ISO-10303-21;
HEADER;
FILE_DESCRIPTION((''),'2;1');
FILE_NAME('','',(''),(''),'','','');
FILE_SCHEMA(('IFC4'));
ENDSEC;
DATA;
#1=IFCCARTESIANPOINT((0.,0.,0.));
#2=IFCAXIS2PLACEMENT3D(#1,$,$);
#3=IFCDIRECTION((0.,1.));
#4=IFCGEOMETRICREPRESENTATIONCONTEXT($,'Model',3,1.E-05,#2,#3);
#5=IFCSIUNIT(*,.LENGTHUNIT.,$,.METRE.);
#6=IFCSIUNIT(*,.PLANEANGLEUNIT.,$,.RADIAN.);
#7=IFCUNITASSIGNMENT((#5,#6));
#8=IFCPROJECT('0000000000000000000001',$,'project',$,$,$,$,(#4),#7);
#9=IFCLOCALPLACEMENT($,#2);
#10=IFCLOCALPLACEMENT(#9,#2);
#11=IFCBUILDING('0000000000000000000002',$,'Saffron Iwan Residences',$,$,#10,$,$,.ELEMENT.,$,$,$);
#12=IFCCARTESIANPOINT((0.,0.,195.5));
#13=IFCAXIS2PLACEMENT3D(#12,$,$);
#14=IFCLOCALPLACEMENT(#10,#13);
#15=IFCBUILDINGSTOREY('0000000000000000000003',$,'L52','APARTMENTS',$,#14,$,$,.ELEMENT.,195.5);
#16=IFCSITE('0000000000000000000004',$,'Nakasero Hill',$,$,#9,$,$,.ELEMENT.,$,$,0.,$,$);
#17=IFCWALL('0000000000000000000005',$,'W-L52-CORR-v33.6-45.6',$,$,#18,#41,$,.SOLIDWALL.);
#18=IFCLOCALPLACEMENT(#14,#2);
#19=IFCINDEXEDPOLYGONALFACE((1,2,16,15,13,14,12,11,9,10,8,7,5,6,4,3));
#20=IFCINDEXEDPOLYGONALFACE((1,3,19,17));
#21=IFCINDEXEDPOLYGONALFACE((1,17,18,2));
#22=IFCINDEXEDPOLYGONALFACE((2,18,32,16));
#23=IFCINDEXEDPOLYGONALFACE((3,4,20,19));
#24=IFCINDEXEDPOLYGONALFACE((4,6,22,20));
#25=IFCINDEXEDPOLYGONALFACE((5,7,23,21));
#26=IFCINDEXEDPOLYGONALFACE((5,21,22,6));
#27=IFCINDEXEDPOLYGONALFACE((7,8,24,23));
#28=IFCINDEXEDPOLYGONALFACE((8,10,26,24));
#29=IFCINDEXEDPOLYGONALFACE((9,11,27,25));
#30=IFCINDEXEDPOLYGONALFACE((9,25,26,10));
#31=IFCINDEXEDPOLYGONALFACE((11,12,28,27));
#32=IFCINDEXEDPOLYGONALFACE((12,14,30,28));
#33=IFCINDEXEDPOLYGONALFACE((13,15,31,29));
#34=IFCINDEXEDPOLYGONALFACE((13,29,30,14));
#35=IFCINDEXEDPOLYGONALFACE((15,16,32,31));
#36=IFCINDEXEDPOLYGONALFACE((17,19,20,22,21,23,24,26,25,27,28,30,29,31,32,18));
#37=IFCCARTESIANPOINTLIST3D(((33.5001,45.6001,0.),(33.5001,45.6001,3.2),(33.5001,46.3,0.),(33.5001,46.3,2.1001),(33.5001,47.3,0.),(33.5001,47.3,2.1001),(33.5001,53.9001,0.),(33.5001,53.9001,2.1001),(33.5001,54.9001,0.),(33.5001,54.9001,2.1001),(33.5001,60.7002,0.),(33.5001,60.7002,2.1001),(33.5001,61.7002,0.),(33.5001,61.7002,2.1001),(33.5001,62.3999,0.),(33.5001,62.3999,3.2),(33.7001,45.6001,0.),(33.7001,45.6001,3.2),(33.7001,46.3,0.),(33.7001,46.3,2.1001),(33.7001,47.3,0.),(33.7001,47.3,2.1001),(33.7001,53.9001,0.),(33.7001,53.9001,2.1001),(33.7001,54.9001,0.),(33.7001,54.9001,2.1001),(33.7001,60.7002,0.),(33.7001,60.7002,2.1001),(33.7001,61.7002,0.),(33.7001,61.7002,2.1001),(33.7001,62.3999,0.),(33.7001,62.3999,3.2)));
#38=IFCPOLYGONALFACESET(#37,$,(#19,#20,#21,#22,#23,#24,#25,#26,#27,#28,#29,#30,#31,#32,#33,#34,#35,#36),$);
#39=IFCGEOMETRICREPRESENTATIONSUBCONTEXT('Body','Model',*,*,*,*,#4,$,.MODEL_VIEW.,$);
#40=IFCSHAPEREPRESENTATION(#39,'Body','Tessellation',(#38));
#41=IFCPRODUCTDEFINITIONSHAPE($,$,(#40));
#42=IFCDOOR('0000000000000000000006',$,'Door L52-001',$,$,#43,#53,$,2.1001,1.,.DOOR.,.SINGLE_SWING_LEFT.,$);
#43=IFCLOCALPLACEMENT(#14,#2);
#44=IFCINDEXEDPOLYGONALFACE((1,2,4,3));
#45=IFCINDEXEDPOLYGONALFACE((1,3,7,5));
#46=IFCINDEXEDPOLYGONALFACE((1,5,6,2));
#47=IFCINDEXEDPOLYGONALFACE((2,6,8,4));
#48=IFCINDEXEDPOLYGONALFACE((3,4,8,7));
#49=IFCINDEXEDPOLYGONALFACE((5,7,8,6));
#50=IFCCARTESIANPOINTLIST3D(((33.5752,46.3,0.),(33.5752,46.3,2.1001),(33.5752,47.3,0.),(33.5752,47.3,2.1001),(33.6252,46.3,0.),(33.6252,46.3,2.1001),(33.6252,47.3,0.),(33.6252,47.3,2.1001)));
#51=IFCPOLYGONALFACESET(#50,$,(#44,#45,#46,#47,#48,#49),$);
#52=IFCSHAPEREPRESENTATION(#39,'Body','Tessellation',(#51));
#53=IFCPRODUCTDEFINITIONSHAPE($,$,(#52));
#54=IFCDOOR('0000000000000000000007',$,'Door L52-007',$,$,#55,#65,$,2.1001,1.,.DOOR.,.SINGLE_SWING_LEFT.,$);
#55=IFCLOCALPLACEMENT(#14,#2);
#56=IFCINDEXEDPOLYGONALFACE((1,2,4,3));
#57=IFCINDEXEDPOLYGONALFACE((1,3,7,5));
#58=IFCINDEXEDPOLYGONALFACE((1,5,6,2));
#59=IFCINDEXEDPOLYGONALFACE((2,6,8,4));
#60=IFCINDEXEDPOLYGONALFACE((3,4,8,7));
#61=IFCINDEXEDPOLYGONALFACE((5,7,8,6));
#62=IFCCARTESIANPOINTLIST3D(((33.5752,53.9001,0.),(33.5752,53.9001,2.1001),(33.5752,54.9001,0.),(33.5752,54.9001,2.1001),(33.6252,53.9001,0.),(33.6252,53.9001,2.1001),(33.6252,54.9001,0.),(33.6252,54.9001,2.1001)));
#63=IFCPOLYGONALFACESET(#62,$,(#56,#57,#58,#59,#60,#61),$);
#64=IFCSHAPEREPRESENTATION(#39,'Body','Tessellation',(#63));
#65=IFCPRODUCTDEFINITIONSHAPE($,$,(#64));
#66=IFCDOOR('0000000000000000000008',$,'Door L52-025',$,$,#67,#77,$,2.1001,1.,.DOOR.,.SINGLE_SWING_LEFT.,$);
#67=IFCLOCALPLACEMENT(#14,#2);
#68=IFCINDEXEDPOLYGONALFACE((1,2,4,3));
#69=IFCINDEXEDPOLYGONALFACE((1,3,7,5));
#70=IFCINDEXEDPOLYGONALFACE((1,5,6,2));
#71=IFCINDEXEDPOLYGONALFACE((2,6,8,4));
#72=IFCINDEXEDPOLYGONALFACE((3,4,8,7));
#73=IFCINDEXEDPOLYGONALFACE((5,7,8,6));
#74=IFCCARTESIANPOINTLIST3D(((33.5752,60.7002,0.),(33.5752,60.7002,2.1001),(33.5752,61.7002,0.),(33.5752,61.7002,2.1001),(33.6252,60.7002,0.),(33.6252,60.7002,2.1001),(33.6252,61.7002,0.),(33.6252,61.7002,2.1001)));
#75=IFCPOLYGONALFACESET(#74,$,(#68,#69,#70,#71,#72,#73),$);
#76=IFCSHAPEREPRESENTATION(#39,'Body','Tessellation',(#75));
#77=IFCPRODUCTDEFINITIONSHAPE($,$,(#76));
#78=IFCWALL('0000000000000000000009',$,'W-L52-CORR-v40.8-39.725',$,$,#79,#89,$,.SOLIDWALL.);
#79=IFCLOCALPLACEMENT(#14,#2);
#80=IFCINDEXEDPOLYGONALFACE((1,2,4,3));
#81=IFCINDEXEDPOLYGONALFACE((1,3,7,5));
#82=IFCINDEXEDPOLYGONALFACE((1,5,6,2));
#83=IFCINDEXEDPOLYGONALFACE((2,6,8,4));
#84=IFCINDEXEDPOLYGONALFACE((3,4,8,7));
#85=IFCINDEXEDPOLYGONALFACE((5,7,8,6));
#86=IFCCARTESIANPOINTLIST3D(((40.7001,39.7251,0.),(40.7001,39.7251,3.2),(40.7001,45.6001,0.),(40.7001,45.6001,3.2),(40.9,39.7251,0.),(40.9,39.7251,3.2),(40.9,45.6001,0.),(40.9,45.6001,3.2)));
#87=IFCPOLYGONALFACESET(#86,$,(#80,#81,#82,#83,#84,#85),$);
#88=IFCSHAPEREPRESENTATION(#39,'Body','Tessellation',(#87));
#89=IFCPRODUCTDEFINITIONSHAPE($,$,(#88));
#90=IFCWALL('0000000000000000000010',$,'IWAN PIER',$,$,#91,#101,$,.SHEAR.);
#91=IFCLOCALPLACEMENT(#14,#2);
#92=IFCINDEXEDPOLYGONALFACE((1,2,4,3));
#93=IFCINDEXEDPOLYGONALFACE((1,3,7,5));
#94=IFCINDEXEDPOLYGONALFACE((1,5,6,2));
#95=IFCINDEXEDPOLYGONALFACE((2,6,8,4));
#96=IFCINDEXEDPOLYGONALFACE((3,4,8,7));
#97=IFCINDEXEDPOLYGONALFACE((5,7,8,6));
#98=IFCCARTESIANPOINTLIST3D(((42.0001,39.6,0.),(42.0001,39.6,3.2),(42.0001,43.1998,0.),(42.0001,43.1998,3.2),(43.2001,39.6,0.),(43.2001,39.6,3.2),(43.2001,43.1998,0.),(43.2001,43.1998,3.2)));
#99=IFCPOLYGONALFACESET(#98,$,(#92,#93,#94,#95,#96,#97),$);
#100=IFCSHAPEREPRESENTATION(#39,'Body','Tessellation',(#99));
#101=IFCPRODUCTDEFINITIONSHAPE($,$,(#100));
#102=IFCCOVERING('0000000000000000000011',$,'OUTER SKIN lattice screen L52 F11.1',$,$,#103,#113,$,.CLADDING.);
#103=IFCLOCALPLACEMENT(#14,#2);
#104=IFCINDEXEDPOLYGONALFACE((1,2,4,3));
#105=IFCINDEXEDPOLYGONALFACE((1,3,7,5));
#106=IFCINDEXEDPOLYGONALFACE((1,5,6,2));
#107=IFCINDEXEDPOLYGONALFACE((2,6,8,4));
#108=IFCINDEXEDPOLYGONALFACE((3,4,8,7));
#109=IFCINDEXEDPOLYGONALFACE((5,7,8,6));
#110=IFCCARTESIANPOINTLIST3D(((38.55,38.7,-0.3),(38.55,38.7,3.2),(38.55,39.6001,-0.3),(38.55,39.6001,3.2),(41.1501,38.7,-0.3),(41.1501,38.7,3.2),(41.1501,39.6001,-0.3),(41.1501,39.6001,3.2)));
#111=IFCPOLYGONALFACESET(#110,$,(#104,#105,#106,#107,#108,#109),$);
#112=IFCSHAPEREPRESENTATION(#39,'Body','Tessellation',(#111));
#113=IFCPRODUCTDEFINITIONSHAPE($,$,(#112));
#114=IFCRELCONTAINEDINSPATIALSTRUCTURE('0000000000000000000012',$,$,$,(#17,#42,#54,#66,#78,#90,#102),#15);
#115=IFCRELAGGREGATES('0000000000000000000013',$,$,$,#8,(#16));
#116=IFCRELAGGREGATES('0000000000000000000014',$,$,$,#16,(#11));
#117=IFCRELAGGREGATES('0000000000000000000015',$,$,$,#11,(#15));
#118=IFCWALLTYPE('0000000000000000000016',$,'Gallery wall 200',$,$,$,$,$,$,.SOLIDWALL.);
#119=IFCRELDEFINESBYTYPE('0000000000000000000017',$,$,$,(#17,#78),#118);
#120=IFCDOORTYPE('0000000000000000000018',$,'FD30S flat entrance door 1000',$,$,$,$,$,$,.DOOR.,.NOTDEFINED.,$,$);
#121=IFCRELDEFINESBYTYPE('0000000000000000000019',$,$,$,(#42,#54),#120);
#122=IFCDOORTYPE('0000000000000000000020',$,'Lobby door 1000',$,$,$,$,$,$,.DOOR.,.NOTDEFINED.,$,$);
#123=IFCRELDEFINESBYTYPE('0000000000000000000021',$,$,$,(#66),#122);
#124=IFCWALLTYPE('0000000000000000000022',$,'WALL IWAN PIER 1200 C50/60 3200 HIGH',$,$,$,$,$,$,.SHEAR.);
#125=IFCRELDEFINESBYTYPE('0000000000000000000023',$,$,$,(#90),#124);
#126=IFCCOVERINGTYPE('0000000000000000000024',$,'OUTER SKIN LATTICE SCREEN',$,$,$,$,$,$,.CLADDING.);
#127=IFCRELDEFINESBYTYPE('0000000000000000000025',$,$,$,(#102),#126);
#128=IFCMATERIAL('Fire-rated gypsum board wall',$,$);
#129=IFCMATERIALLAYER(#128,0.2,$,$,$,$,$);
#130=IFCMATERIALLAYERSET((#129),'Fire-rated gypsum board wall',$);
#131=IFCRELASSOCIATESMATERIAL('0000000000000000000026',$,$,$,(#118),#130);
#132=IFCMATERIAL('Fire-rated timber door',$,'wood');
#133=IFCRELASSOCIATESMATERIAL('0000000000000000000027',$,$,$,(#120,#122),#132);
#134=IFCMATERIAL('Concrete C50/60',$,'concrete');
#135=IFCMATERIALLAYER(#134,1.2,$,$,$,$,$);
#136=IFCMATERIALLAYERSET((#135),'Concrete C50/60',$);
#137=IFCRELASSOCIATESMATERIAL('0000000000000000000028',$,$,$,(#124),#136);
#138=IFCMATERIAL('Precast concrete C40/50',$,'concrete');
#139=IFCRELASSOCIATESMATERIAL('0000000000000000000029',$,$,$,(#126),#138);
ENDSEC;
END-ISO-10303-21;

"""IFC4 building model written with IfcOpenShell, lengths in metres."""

from ifc_helpers import new_model, si_unit, direction, frame, frame_2d, origin, place, context, subcontext, project, spatial, polyline, rectangle, outline, extrude, material, layer, layer_set, type_object, element, fill, save


model = new_model("IFC4")

# Units and contexts
model_context = context("Model", 3, precision=1e-05, world=origin(), true_north=direction((0.0, 1.0)))
body_context = subcontext(model_context, "Body", "Model", "MODEL_VIEW")
ifc_project = project(units=[si_unit("LENGTHUNIT", "METRE"), si_unit("PLANEANGLEUNIT", "RADIAN")], contexts=[model_context])

# Site, building, storey
site_placement = place(None, origin())
site = spatial("IfcSite", under=ifc_project, at=site_placement, Name="Nakasero Hill", CompositionType="ELEMENT", RefElevation=0.0)
building_placement = place(site_placement, origin())
building = spatial("IfcBuilding", under=site, at=building_placement, Name="Saffron Iwan Residences", CompositionType="ELEMENT")
storey_placement = place(building_placement, frame((0.0, 0.0, 195.5)))
storey = spatial("IfcBuildingStorey", under=building, at=storey_placement, Name="L52", Description="APARTMENTS", CompositionType="ELEMENT", Elevation=195.5)

# Shared definitions
ifc_material_1 = material(Name="Concrete C50/60", Category="concrete")

# Shared definitions
ifc_material_2 = material(Name="Fire-rated gypsum board wall")
ifc_layer_1 = layer(ifc_material_2, 0.2)
ifc_layer_set_1 = layer_set([ifc_layer_1], Name="Fire-rated gypsum board wall")
wall_type_1 = type_object("IfcWallType", Name="Gallery wall 200", PredefinedType="SOLIDWALL", material=ifc_layer_set_1)

# Wall, openings, doors
wall_1_placement = place(storey_placement, frame((33.6001, 45.6001, 0.0), z_axis=(0.0, 0.0, 1.0), x_axis=(0.0, 1.0, 0.0)))
wall_1 = element("IfcWall", 1, at=wall_1_placement, inside=storey, type_object=wall_type_1, Name="W-L52-CORR-v33.6-45.6", PredefinedType="SOLIDWALL", context=body_context, shape_type="SweptSolid", body=[
    extrude(rectangle(XDim=16.7998, YDim=0.2, at=frame_2d((8.3999, 0.0))), origin(), (0.0, 0.0, 1.0), 3.2),
])
opening_1_placement = place(wall_1_placement, frame((0.7, 0.0, 0.0)))
opening_1 = element("IfcOpeningElement", 2, at=opening_1_placement, cuts=wall_1, PredefinedType="OPENING", context=body_context, shape_type="SweptSolid", body=[
    extrude(rectangle(XDim=1.0, YDim=2.1001, at=frame_2d((0.5, 1.05))), frame((0.0, 0.1099, 0.0), z_axis=(0.0, -1.0, 0.0), x_axis=(1.0, 0.0, 0.0)), (0.0, 0.0, 1.0), 0.22),
])
opening_2_placement = place(wall_1_placement, frame((8.3, 0.0, 0.0)))
opening_2 = element("IfcOpeningElement", 3, at=opening_2_placement, cuts=wall_1, PredefinedType="OPENING", context=body_context, shape_type="SweptSolid", body=[
    extrude(rectangle(XDim=1.0, YDim=2.1001, at=frame_2d((0.5, 1.05))), frame((0.0, 0.1099, 0.0), z_axis=(0.0, -1.0, 0.0), x_axis=(1.0, 0.0, 0.0)), (0.0, 0.0, 1.0), 0.22),
])
opening_3_placement = place(wall_1_placement, frame((15.1001, 0.0, 0.0)))
opening_3 = element("IfcOpeningElement", 4, at=opening_3_placement, cuts=wall_1, PredefinedType="OPENING", context=body_context, shape_type="SweptSolid", body=[
    extrude(rectangle(XDim=1.0, YDim=2.1001, at=frame_2d((0.5, 1.05))), frame((0.0, 0.1099, 0.0), z_axis=(0.0, -1.0, 0.0), x_axis=(1.0, 0.0, 0.0)), (0.0, 0.0, 1.0), 0.22),
])
ifc_material_3 = material(Name="Fire-rated timber door", Category="wood")
door_type_1 = type_object("IfcDoorType", Name="FD30S flat entrance door 1000", OperationType="NOTDEFINED", PredefinedType="DOOR", material=ifc_material_3)
door_1_placement = place(opening_1_placement, origin())
door_1 = element("IfcDoor", 5, at=door_1_placement, inside=storey, type_object=door_type_1, Name="Door L52-001", OperationType="SINGLE_SWING_LEFT", OverallHeight=2.1001, OverallWidth=1.0, PredefinedType="DOOR", context=body_context, shape_type="SweptSolid", body=[
    extrude(rectangle(XDim=1.0, YDim=2.1001, at=frame_2d((0.5, 1.05))), frame((0.0, 0.0249, 0.0), z_axis=(0.0, -1.0, 0.0), x_axis=(1.0, 0.0, 0.0)), (0.0, 0.0, 1.0), 0.05),
])
fill(opening_1, door_1)
door_2_placement = place(opening_2_placement, origin())
door_2 = element("IfcDoor", 6, at=door_2_placement, inside=storey, type_object=door_type_1, Name="Door L52-007", OperationType="SINGLE_SWING_LEFT", OverallHeight=2.1001, OverallWidth=1.0, PredefinedType="DOOR", context=body_context, shape_type="SweptSolid", body=[
    extrude(rectangle(XDim=1.0, YDim=2.1001, at=frame_2d((0.5, 1.05))), frame((0.0, 0.0249, 0.0), z_axis=(0.0, -1.0, 0.0), x_axis=(1.0, 0.0, 0.0)), (0.0, 0.0, 1.0), 0.05),
])
fill(opening_2, door_2)
door_type_2 = type_object("IfcDoorType", Name="Lobby door 1000", OperationType="NOTDEFINED", PredefinedType="DOOR", material=ifc_material_3)
door_3_placement = place(opening_3_placement, origin())
door_3 = element("IfcDoor", 7, at=door_3_placement, inside=storey, type_object=door_type_2, Name="Door L52-025", OperationType="SINGLE_SWING_LEFT", OverallHeight=2.1001, OverallWidth=1.0, PredefinedType="DOOR", context=body_context, shape_type="SweptSolid", body=[
    extrude(rectangle(XDim=1.0, YDim=2.1001, at=frame_2d((0.5, 1.05))), frame((0.0, 0.0249, 0.0), z_axis=(0.0, -1.0, 0.0), x_axis=(1.0, 0.0, 0.0)), (0.0, 0.0, 1.0), 0.05),
])
fill(opening_3, door_3)

# Walls
wall_2_placement = place(storey_placement, frame((40.8, 39.7251, 0.0), z_axis=(0.0, 0.0, 1.0), x_axis=(0.0, 1.0, 0.0)))
element("IfcWall", 8, at=wall_2_placement, inside=storey, type_object=wall_type_1, Name="W-L52-CORR-v40.8-39.725", PredefinedType="SOLIDWALL", context=body_context, shape_type="SweptSolid", body=[
    extrude(rectangle(XDim=5.875, YDim=0.2, at=frame_2d((2.9375, 0.0))), origin(), (0.0, 0.0, 1.0), 3.2),
])
ifc_layer_2 = layer(ifc_material_1, 1.2)
ifc_layer_set_2 = layer_set([ifc_layer_2], Name="Concrete C50/60")
wall_type_2 = type_object("IfcWallType", Name="WALL IWAN PIER 1200 C50/60 3200 HIGH", PredefinedType="SHEAR", material=ifc_layer_set_2)
wall_3_placement = place(storey_placement, frame((42.6001, 39.6001, 0.0), z_axis=(0.0, 0.0, 1.0), x_axis=(0.0, 1.0, 0.0)))
element("IfcWall", 9, at=wall_3_placement, inside=storey, type_object=wall_type_2, Name="IWAN PIER", PredefinedType="SHEAR", context=body_context, shape_type="SweptSolid", body=[
    extrude(rectangle(XDim=3.5999, YDim=1.2, at=frame_2d((1.7998, 0.0))), origin(), (0.0, 0.0, 1.0), 3.2),
])

# Covering
ifc_material_4 = material(Name="Precast concrete C40/50", Category="concrete")
covering_type = type_object("IfcCoveringType", Name="OUTER SKIN LATTICE SCREEN", PredefinedType="CLADDING", material=ifc_material_4)
covering_placement = place(storey_placement, frame((38.55, 39.6001, -0.3), z_axis=(0.0, -1.0, 0.0), x_axis=(1.0, 0.0, 0.0)))
element("IfcCovering", 10, at=covering_placement, inside=storey, type_object=covering_type, Name="OUTER SKIN lattice screen L52 F11.1", PredefinedType="CLADDING", context=body_context, shape_type="SweptSolid", body=[
    extrude(outline(polyline([(0.0, 0.0), (2.6001, 0.0), (2.6001, 3.5), (0.0, 3.5), (0.0, 0.0)])), origin(), (0.0, 0.0, 1.0), 0.9001),
])

save(model, "model.ifc")
